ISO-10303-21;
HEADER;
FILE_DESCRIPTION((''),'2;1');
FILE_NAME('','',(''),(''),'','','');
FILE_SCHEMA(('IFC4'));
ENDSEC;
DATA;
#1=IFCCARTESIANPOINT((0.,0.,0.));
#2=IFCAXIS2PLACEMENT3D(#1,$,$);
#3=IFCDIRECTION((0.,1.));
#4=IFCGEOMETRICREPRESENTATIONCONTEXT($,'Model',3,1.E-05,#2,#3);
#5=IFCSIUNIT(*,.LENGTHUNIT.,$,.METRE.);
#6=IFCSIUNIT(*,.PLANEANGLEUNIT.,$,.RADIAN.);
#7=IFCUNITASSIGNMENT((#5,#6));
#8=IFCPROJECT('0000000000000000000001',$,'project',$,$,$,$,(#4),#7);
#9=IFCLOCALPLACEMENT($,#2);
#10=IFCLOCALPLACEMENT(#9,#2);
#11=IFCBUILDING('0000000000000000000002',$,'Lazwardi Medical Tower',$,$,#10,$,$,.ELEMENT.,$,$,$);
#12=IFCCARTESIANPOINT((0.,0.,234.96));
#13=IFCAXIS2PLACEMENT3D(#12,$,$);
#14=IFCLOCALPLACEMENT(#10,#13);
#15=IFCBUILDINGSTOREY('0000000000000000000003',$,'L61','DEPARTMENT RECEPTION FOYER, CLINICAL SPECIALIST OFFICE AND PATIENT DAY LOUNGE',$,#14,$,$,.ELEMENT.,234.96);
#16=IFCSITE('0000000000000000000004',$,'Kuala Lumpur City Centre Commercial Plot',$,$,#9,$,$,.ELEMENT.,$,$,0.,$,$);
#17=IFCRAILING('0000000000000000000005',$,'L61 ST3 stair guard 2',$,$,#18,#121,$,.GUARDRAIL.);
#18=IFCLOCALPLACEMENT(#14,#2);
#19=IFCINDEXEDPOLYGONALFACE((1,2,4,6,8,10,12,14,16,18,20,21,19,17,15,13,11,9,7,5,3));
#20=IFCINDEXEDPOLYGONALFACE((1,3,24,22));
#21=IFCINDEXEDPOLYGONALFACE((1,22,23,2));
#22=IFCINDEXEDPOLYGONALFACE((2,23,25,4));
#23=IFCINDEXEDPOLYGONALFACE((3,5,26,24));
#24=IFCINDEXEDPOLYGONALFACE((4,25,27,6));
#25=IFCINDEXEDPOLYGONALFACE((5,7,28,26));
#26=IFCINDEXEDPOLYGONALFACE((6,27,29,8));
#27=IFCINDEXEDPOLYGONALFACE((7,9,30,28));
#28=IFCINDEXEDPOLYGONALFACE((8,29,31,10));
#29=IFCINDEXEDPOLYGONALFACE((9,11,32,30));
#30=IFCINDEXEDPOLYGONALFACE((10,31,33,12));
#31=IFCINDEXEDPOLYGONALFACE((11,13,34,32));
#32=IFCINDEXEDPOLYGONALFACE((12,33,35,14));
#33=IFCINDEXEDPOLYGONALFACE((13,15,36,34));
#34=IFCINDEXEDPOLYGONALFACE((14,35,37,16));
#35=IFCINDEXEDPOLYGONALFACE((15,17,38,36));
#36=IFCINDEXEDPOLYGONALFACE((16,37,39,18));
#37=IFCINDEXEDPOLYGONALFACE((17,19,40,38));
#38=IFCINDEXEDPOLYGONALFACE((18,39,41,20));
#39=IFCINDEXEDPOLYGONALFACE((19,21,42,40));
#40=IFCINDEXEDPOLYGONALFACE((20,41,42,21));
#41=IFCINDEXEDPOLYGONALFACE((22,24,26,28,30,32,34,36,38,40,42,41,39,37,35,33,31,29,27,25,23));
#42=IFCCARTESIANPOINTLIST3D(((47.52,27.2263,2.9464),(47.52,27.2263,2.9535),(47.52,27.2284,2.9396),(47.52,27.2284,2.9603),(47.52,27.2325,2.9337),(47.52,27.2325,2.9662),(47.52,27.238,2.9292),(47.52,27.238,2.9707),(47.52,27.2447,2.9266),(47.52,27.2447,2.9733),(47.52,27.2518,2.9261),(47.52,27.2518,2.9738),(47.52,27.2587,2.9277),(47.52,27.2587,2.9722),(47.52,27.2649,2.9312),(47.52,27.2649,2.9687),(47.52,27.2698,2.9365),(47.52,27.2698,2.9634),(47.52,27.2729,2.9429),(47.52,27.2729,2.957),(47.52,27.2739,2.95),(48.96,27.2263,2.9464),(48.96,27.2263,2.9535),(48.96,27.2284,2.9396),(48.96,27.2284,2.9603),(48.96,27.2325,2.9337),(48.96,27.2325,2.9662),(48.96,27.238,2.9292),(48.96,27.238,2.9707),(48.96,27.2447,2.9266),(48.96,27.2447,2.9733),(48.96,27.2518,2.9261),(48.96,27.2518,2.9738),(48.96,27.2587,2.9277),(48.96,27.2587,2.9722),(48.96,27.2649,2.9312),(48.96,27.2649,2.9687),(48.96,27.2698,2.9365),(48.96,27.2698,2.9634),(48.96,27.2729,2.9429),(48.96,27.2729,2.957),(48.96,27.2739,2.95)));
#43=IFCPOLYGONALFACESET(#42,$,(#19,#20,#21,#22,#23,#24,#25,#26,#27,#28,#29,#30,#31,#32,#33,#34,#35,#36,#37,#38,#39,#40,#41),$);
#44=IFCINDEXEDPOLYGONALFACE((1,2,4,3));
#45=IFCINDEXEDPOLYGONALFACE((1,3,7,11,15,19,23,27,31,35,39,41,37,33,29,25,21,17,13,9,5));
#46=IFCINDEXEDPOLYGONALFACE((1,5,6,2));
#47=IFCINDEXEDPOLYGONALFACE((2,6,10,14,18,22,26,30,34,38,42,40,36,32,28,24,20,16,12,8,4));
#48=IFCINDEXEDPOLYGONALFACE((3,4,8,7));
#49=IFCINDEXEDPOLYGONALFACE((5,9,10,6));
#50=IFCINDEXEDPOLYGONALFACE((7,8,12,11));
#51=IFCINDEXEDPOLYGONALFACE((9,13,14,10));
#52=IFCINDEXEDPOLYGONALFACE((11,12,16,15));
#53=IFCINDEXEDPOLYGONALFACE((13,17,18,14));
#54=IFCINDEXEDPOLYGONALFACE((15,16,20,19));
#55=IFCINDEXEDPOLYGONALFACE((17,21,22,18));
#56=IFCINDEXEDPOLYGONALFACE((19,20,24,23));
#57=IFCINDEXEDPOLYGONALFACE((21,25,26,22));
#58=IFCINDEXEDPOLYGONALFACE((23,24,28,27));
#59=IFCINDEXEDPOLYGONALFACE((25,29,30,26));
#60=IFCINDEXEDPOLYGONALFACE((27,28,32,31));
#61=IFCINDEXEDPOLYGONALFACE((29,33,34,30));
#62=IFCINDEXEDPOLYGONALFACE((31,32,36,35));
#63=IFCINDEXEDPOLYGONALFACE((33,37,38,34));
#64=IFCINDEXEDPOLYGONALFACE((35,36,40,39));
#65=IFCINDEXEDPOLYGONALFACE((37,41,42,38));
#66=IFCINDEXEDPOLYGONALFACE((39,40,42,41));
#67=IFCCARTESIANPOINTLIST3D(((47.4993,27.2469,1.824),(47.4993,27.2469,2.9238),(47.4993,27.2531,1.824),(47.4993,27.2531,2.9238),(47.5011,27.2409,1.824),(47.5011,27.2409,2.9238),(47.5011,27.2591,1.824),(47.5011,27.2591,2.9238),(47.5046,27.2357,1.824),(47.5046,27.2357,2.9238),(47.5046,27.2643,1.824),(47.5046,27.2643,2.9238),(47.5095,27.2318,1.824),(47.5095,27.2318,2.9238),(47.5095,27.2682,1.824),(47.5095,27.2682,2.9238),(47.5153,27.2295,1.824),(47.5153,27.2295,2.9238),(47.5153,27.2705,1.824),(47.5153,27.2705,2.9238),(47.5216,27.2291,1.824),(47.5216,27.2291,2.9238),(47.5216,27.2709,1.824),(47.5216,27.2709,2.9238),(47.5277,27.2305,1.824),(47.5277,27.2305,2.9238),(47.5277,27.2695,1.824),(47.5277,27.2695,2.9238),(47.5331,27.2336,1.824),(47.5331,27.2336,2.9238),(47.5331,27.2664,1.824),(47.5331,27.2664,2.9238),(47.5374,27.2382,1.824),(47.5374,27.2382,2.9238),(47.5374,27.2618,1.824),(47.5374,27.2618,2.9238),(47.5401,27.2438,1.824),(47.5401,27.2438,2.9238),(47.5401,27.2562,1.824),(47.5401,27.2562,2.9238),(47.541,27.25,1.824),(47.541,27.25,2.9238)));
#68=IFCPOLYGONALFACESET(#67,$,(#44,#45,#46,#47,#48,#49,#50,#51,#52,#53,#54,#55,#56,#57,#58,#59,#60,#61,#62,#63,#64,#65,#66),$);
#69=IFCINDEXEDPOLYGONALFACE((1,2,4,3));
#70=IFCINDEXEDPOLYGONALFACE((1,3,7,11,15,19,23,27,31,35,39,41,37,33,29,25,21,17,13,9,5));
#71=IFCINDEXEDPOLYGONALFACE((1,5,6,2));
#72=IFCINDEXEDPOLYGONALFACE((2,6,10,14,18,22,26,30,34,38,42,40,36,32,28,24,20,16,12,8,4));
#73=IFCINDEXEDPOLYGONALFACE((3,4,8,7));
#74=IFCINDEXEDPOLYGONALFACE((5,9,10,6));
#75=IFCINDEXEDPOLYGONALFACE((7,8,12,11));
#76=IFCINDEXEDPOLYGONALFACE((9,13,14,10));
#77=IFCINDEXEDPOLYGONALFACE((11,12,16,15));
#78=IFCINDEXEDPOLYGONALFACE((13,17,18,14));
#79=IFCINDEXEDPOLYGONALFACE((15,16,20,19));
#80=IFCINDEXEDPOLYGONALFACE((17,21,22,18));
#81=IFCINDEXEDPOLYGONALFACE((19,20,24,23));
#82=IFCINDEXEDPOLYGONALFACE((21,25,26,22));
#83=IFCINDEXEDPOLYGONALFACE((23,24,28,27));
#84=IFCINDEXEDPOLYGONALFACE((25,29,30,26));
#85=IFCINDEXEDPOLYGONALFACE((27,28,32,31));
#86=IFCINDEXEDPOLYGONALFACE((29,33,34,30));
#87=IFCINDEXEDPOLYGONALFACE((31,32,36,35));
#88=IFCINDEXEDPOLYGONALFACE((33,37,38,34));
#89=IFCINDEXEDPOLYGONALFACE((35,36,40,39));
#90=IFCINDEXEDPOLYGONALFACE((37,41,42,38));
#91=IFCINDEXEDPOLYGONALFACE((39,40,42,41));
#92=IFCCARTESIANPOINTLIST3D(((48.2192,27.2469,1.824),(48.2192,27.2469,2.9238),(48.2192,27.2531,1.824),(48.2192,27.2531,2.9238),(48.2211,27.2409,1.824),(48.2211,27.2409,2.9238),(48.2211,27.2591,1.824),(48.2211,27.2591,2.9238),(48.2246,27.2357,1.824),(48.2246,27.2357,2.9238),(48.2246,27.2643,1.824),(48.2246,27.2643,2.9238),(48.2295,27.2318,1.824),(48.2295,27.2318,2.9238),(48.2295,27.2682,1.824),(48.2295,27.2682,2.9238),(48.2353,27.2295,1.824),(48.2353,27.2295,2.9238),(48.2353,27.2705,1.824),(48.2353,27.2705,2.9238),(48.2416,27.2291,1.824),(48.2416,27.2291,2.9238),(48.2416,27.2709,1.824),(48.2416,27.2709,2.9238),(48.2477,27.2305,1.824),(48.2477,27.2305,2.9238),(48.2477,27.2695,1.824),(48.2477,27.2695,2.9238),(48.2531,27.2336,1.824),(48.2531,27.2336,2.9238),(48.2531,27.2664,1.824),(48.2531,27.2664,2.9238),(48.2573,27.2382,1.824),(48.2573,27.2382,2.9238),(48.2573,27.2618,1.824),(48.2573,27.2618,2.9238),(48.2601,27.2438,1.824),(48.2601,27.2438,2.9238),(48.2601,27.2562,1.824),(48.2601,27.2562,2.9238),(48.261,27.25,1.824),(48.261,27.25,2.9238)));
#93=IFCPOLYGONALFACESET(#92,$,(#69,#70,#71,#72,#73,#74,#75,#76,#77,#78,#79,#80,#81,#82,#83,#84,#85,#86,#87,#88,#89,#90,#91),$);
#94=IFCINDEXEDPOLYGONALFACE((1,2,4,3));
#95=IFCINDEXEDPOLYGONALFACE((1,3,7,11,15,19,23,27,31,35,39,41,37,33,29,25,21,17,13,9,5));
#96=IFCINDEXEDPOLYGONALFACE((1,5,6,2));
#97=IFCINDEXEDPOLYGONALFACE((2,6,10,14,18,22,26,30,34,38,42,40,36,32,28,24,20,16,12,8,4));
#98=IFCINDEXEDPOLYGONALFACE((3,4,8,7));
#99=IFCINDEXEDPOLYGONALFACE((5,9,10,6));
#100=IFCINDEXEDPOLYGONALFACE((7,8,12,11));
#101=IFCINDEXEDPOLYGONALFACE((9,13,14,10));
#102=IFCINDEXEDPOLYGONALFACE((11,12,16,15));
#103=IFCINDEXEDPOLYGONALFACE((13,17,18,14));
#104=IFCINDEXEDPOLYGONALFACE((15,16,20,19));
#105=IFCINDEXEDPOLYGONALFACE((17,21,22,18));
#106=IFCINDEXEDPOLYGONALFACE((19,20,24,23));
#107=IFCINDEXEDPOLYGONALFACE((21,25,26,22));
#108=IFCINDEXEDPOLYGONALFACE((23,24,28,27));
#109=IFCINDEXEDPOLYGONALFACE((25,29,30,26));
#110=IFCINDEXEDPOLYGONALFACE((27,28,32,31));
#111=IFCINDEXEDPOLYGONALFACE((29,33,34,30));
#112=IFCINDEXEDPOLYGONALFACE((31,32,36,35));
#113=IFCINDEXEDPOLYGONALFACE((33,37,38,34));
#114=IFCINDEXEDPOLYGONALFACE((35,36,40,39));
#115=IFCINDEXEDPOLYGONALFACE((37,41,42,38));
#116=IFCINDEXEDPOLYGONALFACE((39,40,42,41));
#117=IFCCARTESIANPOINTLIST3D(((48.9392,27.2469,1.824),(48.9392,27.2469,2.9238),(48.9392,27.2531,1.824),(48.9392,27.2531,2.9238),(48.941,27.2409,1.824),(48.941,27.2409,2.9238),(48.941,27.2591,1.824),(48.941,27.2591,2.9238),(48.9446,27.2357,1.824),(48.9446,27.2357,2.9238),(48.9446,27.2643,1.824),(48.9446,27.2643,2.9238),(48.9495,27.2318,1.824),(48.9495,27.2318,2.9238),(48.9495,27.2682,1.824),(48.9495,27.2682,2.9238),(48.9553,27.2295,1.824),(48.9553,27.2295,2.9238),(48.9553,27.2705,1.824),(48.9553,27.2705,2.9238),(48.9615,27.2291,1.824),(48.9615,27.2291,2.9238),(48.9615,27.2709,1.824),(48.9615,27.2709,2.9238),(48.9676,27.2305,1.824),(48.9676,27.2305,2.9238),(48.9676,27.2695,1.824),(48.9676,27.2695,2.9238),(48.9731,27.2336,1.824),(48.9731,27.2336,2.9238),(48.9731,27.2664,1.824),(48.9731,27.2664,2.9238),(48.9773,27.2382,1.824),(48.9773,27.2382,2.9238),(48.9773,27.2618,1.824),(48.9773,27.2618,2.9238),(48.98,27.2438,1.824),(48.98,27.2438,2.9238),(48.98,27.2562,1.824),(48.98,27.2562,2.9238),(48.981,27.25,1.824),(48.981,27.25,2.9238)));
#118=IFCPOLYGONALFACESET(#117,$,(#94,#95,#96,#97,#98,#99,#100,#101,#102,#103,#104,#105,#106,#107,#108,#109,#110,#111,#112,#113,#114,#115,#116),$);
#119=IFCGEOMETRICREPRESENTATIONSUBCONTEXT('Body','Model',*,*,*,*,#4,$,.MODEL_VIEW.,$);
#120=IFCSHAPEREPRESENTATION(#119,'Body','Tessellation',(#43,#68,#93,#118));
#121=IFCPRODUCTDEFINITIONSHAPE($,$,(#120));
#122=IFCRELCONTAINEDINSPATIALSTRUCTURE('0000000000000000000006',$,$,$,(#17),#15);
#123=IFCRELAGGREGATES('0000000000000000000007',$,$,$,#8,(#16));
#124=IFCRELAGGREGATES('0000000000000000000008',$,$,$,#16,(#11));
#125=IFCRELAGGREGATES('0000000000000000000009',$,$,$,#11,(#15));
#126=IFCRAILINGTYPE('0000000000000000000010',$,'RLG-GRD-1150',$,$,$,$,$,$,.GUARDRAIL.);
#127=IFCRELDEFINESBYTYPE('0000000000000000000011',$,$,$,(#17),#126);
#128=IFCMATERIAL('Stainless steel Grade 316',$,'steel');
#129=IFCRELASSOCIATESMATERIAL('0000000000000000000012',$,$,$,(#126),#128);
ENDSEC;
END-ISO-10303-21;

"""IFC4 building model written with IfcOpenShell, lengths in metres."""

from ifc_helpers import new_model, si_unit, direction, frame, origin, origin_2d, place, context, subcontext, project, spatial, circle, extrude, material, type_object, element, save


model = new_model("IFC4")

# Units and contexts
model_context = context("Model", 3, precision=1e-05, world=origin(), true_north=direction((0.0, 1.0)))
body_context = subcontext(model_context, "Body", "Model", "MODEL_VIEW")
ifc_project = project(units=[si_unit("LENGTHUNIT", "METRE"), si_unit("PLANEANGLEUNIT", "RADIAN")], contexts=[model_context])

# Site, building, storey
site_placement = place(None, origin())
site = spatial("IfcSite", under=ifc_project, at=site_placement, Name="Kuala Lumpur City Centre Commercial Plot", CompositionType="ELEMENT", RefElevation=0.0)
building_placement = place(site_placement, origin())
building = spatial("IfcBuilding", under=site, at=building_placement, Name="Lazwardi Medical Tower", CompositionType="ELEMENT")
storey_placement = place(building_placement, frame((0.0, 0.0, 234.96)))
storey = spatial("IfcBuildingStorey", under=building, at=storey_placement, Name="L61", Description="DEPARTMENT RECEPTION FOYER, CLINICAL SPECIALIST OFFICE AND PATIENT DAY LOUNGE", CompositionType="ELEMENT", Elevation=234.96)

# Railing
ifc_material_1 = material(Name="Stainless steel Grade 316", Category="steel")
railing_type_1 = type_object("IfcRailingType", Name="RLG-GRD-1150", PredefinedType="GUARDRAIL", material=ifc_material_1)
railing_1_placement = place(storey_placement, frame((47.52, 27.25, 1.824)))
element("IfcRailing", 1, at=railing_1_placement, inside=storey, type_object=railing_type_1, Name="L61 ST3 stair guard 2", PredefinedType="GUARDRAIL", context=body_context, shape_type="SweptSolid", body=[
    extrude(circle(Radius=0.0239, at=origin_2d()), frame((0.0, 0.0, 1.126), z_axis=(1.0, 0.0, 0.0), x_axis=(0.0, 1.0, 0.0)), (0.0, 0.0, 1.0), 1.4399),
    extrude(circle(Radius=0.021, at=origin_2d()), origin(), (0.0, 0.0, 1.0), 1.0999),
    extrude(circle(Radius=0.021, at=origin_2d()), frame((0.72, 0.0, 0.0)), (0.0, 0.0, 1.0), 1.0999),
    extrude(circle(Radius=0.021, at=origin_2d()), frame((1.4399, 0.0, 0.0)), (0.0, 0.0, 1.0), 1.0999),
])

save(model, "model.ifc")
